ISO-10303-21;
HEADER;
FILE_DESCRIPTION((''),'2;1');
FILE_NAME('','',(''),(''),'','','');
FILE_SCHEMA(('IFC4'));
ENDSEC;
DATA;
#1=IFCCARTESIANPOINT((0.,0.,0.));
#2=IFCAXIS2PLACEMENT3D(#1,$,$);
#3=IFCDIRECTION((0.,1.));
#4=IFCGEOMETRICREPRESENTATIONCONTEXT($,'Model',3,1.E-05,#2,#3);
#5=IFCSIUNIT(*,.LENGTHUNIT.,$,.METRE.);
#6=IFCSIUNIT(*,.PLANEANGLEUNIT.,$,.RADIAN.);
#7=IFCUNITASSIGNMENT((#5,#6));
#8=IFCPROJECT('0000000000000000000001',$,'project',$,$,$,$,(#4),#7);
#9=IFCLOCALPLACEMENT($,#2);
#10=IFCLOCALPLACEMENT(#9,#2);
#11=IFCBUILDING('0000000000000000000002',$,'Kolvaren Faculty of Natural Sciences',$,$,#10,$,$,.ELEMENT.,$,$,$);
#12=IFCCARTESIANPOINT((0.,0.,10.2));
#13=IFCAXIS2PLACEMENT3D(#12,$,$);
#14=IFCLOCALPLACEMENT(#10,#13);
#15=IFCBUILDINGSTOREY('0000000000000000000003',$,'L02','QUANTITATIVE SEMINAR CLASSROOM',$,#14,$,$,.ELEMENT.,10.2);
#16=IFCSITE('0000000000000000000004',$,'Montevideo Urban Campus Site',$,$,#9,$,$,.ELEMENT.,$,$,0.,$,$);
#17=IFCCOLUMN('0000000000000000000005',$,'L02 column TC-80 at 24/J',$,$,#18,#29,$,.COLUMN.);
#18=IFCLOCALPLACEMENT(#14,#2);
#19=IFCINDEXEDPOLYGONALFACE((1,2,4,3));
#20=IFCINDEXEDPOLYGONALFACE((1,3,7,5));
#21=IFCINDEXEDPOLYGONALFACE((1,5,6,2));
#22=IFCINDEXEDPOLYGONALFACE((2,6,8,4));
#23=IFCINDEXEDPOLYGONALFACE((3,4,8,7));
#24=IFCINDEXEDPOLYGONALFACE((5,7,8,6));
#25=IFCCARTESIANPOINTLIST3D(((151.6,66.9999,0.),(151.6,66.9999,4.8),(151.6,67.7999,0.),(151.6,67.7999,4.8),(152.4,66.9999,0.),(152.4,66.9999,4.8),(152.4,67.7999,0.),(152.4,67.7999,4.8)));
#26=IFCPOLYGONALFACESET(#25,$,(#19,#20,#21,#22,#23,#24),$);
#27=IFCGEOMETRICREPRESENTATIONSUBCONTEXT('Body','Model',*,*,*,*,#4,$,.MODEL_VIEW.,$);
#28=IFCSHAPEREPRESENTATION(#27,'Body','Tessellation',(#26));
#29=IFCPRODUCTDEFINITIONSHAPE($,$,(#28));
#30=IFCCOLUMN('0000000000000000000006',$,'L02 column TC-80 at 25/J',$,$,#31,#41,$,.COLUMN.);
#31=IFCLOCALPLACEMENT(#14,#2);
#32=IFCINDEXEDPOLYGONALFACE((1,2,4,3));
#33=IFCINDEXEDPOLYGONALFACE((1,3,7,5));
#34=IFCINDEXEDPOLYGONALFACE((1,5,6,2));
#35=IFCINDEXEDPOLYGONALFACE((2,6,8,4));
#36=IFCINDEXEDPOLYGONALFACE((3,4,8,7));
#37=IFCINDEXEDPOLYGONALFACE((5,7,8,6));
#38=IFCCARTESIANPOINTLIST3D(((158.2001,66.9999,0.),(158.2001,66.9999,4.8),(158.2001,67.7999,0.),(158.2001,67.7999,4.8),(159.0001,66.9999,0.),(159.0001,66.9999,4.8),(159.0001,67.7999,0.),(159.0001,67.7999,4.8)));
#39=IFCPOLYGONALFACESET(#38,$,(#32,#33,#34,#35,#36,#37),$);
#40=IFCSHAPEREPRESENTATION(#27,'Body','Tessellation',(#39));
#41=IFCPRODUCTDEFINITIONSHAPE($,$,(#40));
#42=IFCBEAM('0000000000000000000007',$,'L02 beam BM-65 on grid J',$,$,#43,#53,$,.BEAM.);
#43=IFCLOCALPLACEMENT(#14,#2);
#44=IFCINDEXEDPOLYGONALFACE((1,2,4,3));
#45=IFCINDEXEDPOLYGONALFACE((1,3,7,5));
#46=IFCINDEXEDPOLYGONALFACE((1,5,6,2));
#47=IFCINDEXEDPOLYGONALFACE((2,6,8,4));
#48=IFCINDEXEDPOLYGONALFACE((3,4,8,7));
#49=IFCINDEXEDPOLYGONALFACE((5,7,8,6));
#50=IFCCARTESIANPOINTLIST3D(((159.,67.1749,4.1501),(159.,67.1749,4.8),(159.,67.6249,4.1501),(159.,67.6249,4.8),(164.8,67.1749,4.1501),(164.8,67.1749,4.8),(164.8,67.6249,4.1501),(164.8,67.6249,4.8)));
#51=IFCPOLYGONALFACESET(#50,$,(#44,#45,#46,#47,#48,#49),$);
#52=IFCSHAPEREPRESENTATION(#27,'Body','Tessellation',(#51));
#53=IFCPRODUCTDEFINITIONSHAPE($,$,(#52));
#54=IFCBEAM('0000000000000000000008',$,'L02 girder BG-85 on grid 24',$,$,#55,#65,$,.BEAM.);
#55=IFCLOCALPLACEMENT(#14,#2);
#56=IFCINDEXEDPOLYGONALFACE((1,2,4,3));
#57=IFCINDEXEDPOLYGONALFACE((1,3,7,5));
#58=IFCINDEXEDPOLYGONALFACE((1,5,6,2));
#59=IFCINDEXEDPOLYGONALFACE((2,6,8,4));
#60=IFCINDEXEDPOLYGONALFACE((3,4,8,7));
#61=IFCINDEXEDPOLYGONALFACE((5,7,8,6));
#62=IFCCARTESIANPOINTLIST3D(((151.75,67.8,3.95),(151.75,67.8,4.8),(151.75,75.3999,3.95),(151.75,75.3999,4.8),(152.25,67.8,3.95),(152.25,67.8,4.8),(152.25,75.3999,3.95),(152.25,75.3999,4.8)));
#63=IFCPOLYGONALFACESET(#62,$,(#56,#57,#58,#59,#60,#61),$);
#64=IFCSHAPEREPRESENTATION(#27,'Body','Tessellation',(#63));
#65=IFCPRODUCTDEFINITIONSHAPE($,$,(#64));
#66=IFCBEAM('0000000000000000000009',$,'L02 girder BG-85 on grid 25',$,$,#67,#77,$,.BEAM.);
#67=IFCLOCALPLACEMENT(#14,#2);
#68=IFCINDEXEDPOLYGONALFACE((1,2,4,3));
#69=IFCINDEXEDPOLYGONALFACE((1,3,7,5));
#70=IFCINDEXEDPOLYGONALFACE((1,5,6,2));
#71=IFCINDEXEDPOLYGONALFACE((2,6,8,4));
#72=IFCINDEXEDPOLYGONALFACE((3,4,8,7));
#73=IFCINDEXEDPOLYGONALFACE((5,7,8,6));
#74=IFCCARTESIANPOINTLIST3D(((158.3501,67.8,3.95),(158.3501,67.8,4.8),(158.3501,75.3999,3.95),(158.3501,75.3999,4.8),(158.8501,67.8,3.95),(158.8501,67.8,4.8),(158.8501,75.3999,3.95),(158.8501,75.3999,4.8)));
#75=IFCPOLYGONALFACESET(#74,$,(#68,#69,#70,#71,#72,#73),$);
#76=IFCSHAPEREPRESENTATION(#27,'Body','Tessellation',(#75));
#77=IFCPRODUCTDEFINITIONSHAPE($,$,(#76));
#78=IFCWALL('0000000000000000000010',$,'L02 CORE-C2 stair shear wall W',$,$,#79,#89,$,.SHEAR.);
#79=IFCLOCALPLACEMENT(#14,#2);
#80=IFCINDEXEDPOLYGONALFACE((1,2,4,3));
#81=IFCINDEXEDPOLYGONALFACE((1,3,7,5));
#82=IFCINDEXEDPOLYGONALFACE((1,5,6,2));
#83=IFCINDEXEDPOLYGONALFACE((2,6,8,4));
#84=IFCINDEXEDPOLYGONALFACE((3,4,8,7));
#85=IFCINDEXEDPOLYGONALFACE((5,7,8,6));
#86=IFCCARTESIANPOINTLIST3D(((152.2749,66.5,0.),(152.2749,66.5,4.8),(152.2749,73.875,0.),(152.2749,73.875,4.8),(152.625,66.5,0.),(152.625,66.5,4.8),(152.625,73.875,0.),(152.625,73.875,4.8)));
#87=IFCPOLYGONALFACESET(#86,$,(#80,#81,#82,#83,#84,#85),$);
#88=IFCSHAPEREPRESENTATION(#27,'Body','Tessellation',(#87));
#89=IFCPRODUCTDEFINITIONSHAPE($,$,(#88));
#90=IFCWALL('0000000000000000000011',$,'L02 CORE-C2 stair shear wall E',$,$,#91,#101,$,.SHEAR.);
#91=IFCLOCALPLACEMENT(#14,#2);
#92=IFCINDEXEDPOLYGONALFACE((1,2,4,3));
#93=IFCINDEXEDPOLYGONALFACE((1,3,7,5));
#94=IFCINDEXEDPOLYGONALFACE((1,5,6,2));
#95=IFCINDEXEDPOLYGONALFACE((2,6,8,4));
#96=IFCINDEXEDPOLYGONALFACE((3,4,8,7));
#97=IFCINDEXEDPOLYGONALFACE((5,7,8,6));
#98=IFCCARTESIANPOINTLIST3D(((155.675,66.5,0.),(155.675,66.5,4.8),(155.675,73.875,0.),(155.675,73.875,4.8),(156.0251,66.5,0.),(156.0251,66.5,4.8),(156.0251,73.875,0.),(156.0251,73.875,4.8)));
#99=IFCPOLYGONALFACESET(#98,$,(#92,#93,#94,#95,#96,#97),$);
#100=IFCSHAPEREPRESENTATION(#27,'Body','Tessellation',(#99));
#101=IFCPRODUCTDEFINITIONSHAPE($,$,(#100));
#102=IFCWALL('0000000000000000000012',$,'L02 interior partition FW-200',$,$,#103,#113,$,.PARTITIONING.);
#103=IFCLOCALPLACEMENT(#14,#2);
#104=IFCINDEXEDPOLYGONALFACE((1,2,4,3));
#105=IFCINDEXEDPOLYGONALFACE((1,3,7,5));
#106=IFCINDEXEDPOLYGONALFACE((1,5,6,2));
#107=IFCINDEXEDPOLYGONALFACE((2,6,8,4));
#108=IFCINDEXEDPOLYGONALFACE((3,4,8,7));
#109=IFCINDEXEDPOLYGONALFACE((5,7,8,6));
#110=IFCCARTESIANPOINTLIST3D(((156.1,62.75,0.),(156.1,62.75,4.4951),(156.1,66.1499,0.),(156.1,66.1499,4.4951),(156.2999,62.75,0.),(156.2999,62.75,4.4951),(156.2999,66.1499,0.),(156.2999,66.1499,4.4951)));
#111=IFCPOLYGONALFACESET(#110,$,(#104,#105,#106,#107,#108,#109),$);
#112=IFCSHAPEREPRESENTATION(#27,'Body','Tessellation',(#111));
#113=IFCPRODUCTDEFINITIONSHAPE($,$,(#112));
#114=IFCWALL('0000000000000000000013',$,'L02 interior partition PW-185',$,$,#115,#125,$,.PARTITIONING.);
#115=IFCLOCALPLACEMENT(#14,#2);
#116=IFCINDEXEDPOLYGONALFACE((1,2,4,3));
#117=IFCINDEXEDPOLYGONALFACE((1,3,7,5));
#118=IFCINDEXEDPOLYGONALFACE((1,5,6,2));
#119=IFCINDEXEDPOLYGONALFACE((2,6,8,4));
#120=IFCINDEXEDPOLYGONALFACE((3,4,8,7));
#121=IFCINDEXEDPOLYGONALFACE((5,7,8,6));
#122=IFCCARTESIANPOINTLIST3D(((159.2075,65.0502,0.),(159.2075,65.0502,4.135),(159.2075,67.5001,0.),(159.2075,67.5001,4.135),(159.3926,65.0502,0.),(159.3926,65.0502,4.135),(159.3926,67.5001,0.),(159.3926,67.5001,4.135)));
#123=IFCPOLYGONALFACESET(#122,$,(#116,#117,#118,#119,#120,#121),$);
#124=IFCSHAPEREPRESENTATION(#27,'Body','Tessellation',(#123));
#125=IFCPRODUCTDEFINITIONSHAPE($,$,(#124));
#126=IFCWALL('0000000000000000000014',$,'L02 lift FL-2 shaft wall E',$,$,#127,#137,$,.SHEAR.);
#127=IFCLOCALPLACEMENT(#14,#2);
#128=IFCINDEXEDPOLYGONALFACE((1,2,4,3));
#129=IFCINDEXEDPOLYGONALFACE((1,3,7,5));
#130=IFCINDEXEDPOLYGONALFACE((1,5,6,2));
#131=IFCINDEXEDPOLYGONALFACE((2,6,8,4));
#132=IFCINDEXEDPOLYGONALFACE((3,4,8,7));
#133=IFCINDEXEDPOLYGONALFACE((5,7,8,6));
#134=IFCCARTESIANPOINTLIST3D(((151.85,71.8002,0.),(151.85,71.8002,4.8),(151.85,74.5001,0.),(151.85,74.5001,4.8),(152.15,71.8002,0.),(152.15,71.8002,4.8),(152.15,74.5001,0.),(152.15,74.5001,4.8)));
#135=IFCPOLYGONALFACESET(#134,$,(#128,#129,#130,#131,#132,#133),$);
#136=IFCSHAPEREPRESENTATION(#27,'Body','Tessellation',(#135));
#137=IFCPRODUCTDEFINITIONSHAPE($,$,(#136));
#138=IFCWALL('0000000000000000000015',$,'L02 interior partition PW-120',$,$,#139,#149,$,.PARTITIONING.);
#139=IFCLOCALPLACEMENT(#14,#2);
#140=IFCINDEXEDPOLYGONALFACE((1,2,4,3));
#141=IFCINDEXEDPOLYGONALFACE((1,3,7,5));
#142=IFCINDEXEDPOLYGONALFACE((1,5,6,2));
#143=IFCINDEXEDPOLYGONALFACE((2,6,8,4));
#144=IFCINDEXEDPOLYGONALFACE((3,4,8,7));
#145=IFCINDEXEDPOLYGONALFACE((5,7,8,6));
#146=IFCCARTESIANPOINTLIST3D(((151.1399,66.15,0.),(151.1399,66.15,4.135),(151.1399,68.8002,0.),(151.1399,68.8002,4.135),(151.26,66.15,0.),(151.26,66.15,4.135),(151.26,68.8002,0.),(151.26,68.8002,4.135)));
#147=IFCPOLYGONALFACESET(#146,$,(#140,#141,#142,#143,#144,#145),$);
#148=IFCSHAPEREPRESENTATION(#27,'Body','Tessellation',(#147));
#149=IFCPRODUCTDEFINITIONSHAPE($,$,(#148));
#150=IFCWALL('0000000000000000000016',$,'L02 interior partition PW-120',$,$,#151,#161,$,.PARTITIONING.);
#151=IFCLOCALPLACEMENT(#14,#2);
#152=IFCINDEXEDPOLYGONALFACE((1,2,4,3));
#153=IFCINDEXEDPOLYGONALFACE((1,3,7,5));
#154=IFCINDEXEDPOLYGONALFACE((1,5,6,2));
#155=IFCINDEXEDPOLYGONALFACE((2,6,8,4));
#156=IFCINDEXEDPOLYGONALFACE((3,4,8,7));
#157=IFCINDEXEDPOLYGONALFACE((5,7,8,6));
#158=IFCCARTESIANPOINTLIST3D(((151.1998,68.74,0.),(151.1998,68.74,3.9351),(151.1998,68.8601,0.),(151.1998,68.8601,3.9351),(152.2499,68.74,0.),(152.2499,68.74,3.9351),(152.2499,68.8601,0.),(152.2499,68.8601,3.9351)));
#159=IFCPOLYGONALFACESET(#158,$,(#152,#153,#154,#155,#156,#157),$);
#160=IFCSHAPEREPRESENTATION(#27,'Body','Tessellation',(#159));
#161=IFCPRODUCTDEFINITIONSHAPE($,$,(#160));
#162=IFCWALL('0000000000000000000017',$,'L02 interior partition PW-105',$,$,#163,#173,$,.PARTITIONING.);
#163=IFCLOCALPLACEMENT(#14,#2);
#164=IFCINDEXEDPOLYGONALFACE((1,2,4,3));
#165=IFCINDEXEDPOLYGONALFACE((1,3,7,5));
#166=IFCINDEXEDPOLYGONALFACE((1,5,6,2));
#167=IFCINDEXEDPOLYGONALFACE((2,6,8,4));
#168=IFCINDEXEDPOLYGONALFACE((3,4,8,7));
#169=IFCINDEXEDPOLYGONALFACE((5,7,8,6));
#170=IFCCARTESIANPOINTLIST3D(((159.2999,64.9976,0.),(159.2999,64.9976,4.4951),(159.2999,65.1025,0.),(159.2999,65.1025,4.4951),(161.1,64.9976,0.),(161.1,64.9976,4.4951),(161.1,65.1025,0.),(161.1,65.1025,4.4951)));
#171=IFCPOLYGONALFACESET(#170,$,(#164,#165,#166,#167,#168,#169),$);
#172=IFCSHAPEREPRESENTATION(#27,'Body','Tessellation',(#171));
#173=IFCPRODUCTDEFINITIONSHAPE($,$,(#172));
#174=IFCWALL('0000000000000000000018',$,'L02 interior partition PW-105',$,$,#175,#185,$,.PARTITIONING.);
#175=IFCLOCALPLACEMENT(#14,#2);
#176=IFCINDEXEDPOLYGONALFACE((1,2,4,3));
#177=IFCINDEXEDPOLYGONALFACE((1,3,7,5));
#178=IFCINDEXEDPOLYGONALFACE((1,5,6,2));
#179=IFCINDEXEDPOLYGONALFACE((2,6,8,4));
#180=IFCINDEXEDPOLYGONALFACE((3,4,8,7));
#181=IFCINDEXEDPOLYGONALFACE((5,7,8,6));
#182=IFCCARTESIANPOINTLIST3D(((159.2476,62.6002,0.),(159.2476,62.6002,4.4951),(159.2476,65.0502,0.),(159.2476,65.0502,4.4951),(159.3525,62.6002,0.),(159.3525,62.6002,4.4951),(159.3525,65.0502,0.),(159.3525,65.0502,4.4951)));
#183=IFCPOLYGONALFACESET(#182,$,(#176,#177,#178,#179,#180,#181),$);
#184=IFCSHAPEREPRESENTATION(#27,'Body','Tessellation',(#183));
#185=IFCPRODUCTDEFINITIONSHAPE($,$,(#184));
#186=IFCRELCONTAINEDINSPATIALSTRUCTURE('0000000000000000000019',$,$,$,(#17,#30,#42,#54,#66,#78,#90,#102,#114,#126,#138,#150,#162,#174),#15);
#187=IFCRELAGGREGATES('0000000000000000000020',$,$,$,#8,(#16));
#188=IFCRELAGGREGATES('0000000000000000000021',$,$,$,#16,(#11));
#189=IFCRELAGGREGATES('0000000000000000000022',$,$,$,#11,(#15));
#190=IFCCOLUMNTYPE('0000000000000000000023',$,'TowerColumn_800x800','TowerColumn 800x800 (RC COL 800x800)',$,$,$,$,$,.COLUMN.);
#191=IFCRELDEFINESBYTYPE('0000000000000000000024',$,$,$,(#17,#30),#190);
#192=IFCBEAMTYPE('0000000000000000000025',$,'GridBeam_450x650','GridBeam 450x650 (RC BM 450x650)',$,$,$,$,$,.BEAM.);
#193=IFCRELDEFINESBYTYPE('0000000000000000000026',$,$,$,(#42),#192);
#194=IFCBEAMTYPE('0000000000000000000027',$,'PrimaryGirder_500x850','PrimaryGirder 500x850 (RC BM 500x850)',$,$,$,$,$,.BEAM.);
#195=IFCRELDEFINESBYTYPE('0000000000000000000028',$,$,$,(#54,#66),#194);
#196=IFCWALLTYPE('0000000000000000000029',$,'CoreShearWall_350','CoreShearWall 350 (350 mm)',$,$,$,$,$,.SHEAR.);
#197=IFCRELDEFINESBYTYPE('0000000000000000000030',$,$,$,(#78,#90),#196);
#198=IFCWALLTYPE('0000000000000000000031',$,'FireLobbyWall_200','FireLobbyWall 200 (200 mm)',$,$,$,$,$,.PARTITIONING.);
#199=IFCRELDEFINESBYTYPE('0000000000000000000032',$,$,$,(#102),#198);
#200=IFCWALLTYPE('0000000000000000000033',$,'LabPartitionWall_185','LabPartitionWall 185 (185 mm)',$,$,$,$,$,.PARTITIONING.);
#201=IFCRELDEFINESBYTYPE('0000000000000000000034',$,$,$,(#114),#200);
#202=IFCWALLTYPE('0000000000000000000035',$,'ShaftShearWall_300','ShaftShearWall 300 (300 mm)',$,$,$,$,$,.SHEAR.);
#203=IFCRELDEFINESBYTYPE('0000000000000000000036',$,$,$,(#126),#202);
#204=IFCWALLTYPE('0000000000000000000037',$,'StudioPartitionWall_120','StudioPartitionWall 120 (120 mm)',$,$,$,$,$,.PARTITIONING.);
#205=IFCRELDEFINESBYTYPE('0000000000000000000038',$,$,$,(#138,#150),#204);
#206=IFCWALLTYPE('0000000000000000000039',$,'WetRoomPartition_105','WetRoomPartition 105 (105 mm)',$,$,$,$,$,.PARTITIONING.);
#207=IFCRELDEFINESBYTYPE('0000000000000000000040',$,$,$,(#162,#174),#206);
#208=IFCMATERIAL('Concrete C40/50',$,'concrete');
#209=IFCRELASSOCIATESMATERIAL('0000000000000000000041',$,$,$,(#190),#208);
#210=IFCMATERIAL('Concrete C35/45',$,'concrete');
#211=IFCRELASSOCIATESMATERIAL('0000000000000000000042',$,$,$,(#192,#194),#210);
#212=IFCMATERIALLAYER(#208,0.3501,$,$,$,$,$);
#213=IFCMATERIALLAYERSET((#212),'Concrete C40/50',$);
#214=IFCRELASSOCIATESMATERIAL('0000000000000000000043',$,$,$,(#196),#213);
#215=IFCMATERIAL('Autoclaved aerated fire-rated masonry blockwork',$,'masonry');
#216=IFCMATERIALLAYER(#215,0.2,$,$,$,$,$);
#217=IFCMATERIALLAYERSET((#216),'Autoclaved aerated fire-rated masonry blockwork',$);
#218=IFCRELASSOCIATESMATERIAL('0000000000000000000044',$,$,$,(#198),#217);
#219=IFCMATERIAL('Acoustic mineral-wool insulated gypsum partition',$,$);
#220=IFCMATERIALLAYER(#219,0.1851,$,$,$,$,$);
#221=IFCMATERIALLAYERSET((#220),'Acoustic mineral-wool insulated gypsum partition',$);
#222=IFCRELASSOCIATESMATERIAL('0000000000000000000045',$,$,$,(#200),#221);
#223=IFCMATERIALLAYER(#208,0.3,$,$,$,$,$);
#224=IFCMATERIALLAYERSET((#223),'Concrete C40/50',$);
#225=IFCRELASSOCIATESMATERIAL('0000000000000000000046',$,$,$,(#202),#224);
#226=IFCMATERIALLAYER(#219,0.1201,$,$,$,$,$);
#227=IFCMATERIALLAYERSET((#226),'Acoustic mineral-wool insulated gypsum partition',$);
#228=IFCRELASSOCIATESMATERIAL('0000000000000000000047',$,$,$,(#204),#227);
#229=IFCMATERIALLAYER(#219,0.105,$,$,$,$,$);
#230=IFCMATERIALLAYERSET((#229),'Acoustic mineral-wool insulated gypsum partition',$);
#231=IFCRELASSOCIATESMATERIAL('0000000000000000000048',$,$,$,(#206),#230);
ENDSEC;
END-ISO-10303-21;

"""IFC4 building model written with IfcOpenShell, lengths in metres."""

from ifc_helpers import new_model, si_unit, direction, frame, frame_2d, origin, origin_2d, place, context, subcontext, project, spatial, rectangle, extrude, material, layer, layer_set, material_profile, profile_set, type_object, element, save


model = new_model("IFC4")

# Units and contexts
model_context = context("Model", 3, precision=1e-05, world=origin(), true_north=direction((0.0, 1.0)))
body_context = subcontext(model_context, "Body", "Model", "MODEL_VIEW")
ifc_project = project(units=[si_unit("LENGTHUNIT", "METRE"), si_unit("PLANEANGLEUNIT", "RADIAN")], contexts=[model_context])

# Site, building, storey
site_placement = place(None, origin())
site = spatial("IfcSite", under=ifc_project, at=site_placement, Name="Montevideo Urban Campus Site", CompositionType="ELEMENT", RefElevation=0.0)
building_placement = place(site_placement, origin())
building = spatial("IfcBuilding", under=site, at=building_placement, Name="Kolvaren Faculty of Natural Sciences", CompositionType="ELEMENT")
storey_placement = place(building_placement, frame((0.0, 0.0, 10.2)))
storey = spatial("IfcBuildingStorey", under=building, at=storey_placement, Name="L02", Description="QUANTITATIVE SEMINAR CLASSROOM", CompositionType="ELEMENT", Elevation=10.2)

# Columns
ifc_material_1 = material(Name="Concrete C40/50", Category="concrete")
ifc_material_profile_1 = material_profile(ifc_material_1, rectangle(XDim=0.8, YDim=0.8, at=origin_2d()), Name="RC COL 800x800")
ifc_profile_set_1 = profile_set([ifc_material_profile_1], Name="Concrete C40/50")
column_type = type_object("IfcColumnType", Name="TowerColumn_800x800", Description="TowerColumn 800x800 (RC COL 800x800)", PredefinedType="COLUMN", material=ifc_profile_set_1)
for number, where, z_axis, x_axis, name in (
    (1, (152.0, 67.3999, 0.0), (0.0, 0.0, 1.0), (1.0, 0.0, 0.0), "L02 column TC-80 at 24/J"),
    (2, (158.6001, 67.3999, 0.0), (0.0, 0.0, 1.0), (1.0, 0.0, 0.0), "L02 column TC-80 at 25/J"),
):
    element("IfcColumn", number, at=place(storey_placement, frame(where, z_axis=z_axis, x_axis=x_axis)), inside=storey, type_object=column_type, Name=name, PredefinedType="COLUMN", context=body_context, shape_type="SweptSolid", body=[
        extrude(rectangle(XDim=0.8, YDim=0.8, at=origin_2d()), origin(), (0.0, 0.0, 1.0), 4.8),
    ])

# Beams
ifc_material_2 = material(Name="Concrete C35/45", Category="concrete")
ifc_material_profile_2 = material_profile(ifc_material_2, rectangle(XDim=0.45, YDim=0.6499, at=origin_2d()), Name="RC BM 450x650")
ifc_profile_set_2 = profile_set([ifc_material_profile_2], Name="Concrete C35/45")
beam_type_1 = type_object("IfcBeamType", Name="GridBeam_450x650", Description="GridBeam 450x650 (RC BM 450x650)", PredefinedType="BEAM", material=ifc_profile_set_2)
beam_placement = place(storey_placement, frame((159.0, 67.3999, 4.4751), z_axis=(1.0, 0.0, 0.0), x_axis=(0.0, 1.0, 0.0)))
element("IfcBeam", 3, at=beam_placement, inside=storey, type_object=beam_type_1, Name="L02 beam BM-65 on grid J", PredefinedType="BEAM", context=body_context, shape_type="SweptSolid", body=[
    extrude(rectangle(XDim=0.45, YDim=0.6499, at=origin_2d()), origin(), (0.0, 0.0, 1.0), 5.8),
])
ifc_material_profile_3 = material_profile(ifc_material_2, rectangle(XDim=0.5, YDim=0.8501, at=origin_2d()), Name="RC BM 500x850")
ifc_profile_set_3 = profile_set([ifc_material_profile_3], Name="Concrete C35/45")
beam_type_2 = type_object("IfcBeamType", Name="PrimaryGirder_500x850", Description="PrimaryGirder 500x850 (RC BM 500x850)", PredefinedType="BEAM", material=ifc_profile_set_3)
for number, where, z_axis, x_axis, name in (
    (4, (152.0, 67.8, 4.375), (0.0, 1.0, 0.0), (-1.0, 0.0, 0.0), "L02 girder BG-85 on grid 24"),
    (5, (158.6001, 67.8, 4.375), (0.0, 1.0, 0.0), (-1.0, 0.0, 0.0), "L02 girder BG-85 on grid 25"),
):
    element("IfcBeam", number, at=place(storey_placement, frame(where, z_axis=z_axis, x_axis=x_axis)), inside=storey, type_object=beam_type_2, Name=name, PredefinedType="BEAM", context=body_context, shape_type="SweptSolid", body=[
        extrude(rectangle(XDim=0.5, YDim=0.8501, at=origin_2d()), origin(), (0.0, 0.0, 1.0), 7.5999),
    ])

# Shared definitions
ifc_layer_1 = layer(ifc_material_1, 0.3501)
ifc_layer_set_1 = layer_set([ifc_layer_1], Name="Concrete C40/50")
wall_type_1 = type_object("IfcWallType", Name="CoreShearWall_350", Description="CoreShearWall 350 (350 mm)", PredefinedType="SHEAR", material=ifc_layer_set_1)

# Walls
for number, where, z_axis, x_axis, name in (
    (6, (152.45, 66.5, 0.0), (0.0, 0.0, 1.0), (0.0, 1.0, 0.0), "L02 CORE-C2 stair shear wall W"),
    (7, (155.8501, 66.5, 0.0), (0.0, 0.0, 1.0), (0.0, 1.0, 0.0), "L02 CORE-C2 stair shear wall E"),
):
    element("IfcWall", number, at=place(storey_placement, frame(where, z_axis=z_axis, x_axis=x_axis)), inside=storey, type_object=wall_type_1, Name=name, PredefinedType="SHEAR", context=body_context, shape_type="SweptSolid", body=[
        extrude(rectangle(XDim=7.375, YDim=0.3501, at=frame_2d((3.6875, 0.0))), origin(), (0.0, 0.0, 1.0), 4.8),
    ])

# Shared definitions
ifc_material_3 = material(Name="Autoclaved aerated fire-rated masonry blockwork", Category="masonry")
ifc_layer_2 = layer(ifc_material_3, 0.2)
ifc_layer_set_2 = layer_set([ifc_layer_2], Name="Autoclaved aerated fire-rated masonry blockwork")
wall_type_2 = type_object("IfcWallType", Name="FireLobbyWall_200", Description="FireLobbyWall 200 (200 mm)", PredefinedType="PARTITIONING", material=ifc_layer_set_2)

# Wall
wall_1_placement = place(storey_placement, frame((156.2, 66.1499, 0.0), z_axis=(0.0, 0.0, 1.0), x_axis=(0.0, -1.0, 0.0)))
element("IfcWall", 8, at=wall_1_placement, inside=storey, type_object=wall_type_2, Name="L02 interior partition FW-200", PredefinedType="PARTITIONING", context=body_context, shape_type="SweptSolid", body=[
    extrude(rectangle(XDim=3.3999, YDim=0.2, at=frame_2d((1.7, 0.0))), origin(), (0.0, 0.0, 1.0), 4.4951),
])

# Walls
ifc_material_4 = material(Name="Acoustic mineral-wool insulated gypsum partition")
ifc_layer_3 = layer(ifc_material_4, 0.1851)
ifc_layer_set_3 = layer_set([ifc_layer_3], Name="Acoustic mineral-wool insulated gypsum partition")
wall_type_3 = type_object("IfcWallType", Name="LabPartitionWall_185", Description="LabPartitionWall 185 (185 mm)", PredefinedType="PARTITIONING", material=ifc_layer_set_3)
wall_2_placement = place(storey_placement, frame((159.3, 65.05, 0.0), z_axis=(0.0, 0.0, 1.0), x_axis=(0.0, 1.0, 0.0)))
element("IfcWall", 9, at=wall_2_placement, inside=storey, type_object=wall_type_3, Name="L02 interior partition PW-185", PredefinedType="PARTITIONING", context=body_context, shape_type="SweptSolid", body=[
    extrude(rectangle(XDim=2.45, YDim=0.1851, at=frame_2d((1.2251, 0.0))), origin(), (0.0, 0.0, 1.0), 4.135),
])
ifc_layer_4 = layer(ifc_material_1, 0.3)
ifc_layer_set_4 = layer_set([ifc_layer_4], Name="Concrete C40/50")
wall_type_4 = type_object("IfcWallType", Name="ShaftShearWall_300", Description="ShaftShearWall 300 (300 mm)", PredefinedType="SHEAR", material=ifc_layer_set_4)
wall_3_placement = place(storey_placement, frame((152.0, 71.8, 0.0), z_axis=(0.0, 0.0, 1.0), x_axis=(0.0, 1.0, 0.0)))
element("IfcWall", 10, at=wall_3_placement, inside=storey, type_object=wall_type_4, Name="L02 lift FL-2 shaft wall E", PredefinedType="SHEAR", context=body_context, shape_type="SweptSolid", body=[
    extrude(rectangle(XDim=2.7, YDim=0.3, at=frame_2d((1.3501, 0.0))), origin(), (0.0, 0.0, 1.0), 4.8),
])
ifc_layer_5 = layer(ifc_material_4, 0.1201)
ifc_layer_set_5 = layer_set([ifc_layer_5], Name="Acoustic mineral-wool insulated gypsum partition")
wall_type_5 = type_object("IfcWallType", Name="StudioPartitionWall_120", Description="StudioPartitionWall 120 (120 mm)", PredefinedType="PARTITIONING", material=ifc_layer_set_5)
wall_4_placement = place(storey_placement, frame((151.2, 66.1499, 0.0), z_axis=(0.0, 0.0, 1.0), x_axis=(0.0, 1.0, 0.0)))
element("IfcWall", 11, at=wall_4_placement, inside=storey, type_object=wall_type_5, Name="L02 interior partition PW-120", PredefinedType="PARTITIONING", context=body_context, shape_type="SweptSolid", body=[
    extrude(rectangle(XDim=2.6501, YDim=0.1201, at=frame_2d((1.3252, 0.0))), origin(), (0.0, 0.0, 1.0), 4.135),
])
wall_5_placement = place(storey_placement, frame((151.2, 68.8, 0.0), z_axis=(0.0, 0.0, 1.0), x_axis=(1.0, 0.0, 0.0)))
element("IfcWall", 12, at=wall_5_placement, inside=storey, type_object=wall_type_5, Name="L02 interior partition PW-120", PredefinedType="PARTITIONING", context=body_context, shape_type="SweptSolid", body=[
    extrude(rectangle(XDim=1.05, YDim=0.1201, at=frame_2d((0.5249, 0.0))), origin(), (0.0, 0.0, 1.0), 3.9351),
])
ifc_layer_6 = layer(ifc_material_4, 0.105)
ifc_layer_set_6 = layer_set([ifc_layer_6], Name="Acoustic mineral-wool insulated gypsum partition")
wall_type_6 = type_object("IfcWallType", Name="WetRoomPartition_105", Description="WetRoomPartition 105 (105 mm)", PredefinedType="PARTITIONING", material=ifc_layer_set_6)
wall_6_placement = place(storey_placement, frame((159.3, 65.05, 0.0), z_axis=(0.0, 0.0, 1.0), x_axis=(1.0, 0.0, 0.0)))
element("IfcWall", 13, at=wall_6_placement, inside=storey, type_object=wall_type_6, Name="L02 interior partition PW-105", PredefinedType="PARTITIONING", context=body_context, shape_type="SweptSolid", body=[
    extrude(rectangle(XDim=1.8, YDim=0.105, at=frame_2d((0.8999, 0.0))), origin(), (0.0, 0.0, 1.0), 4.4951),
])
wall_7_placement = place(storey_placement, frame((159.3, 62.6001, 0.0), z_axis=(0.0, 0.0, 1.0), x_axis=(0.0, 1.0, 0.0)))
element("IfcWall", 14, at=wall_7_placement, inside=storey, type_object=wall_type_6, Name="L02 interior partition PW-105", PredefinedType="PARTITIONING", context=body_context, shape_type="SweptSolid", body=[
    extrude(rectangle(XDim=2.45, YDim=0.105, at=frame_2d((1.2251, 0.0))), origin(), (0.0, 0.0, 1.0), 4.4951),
])

save(model, "model.ifc")
